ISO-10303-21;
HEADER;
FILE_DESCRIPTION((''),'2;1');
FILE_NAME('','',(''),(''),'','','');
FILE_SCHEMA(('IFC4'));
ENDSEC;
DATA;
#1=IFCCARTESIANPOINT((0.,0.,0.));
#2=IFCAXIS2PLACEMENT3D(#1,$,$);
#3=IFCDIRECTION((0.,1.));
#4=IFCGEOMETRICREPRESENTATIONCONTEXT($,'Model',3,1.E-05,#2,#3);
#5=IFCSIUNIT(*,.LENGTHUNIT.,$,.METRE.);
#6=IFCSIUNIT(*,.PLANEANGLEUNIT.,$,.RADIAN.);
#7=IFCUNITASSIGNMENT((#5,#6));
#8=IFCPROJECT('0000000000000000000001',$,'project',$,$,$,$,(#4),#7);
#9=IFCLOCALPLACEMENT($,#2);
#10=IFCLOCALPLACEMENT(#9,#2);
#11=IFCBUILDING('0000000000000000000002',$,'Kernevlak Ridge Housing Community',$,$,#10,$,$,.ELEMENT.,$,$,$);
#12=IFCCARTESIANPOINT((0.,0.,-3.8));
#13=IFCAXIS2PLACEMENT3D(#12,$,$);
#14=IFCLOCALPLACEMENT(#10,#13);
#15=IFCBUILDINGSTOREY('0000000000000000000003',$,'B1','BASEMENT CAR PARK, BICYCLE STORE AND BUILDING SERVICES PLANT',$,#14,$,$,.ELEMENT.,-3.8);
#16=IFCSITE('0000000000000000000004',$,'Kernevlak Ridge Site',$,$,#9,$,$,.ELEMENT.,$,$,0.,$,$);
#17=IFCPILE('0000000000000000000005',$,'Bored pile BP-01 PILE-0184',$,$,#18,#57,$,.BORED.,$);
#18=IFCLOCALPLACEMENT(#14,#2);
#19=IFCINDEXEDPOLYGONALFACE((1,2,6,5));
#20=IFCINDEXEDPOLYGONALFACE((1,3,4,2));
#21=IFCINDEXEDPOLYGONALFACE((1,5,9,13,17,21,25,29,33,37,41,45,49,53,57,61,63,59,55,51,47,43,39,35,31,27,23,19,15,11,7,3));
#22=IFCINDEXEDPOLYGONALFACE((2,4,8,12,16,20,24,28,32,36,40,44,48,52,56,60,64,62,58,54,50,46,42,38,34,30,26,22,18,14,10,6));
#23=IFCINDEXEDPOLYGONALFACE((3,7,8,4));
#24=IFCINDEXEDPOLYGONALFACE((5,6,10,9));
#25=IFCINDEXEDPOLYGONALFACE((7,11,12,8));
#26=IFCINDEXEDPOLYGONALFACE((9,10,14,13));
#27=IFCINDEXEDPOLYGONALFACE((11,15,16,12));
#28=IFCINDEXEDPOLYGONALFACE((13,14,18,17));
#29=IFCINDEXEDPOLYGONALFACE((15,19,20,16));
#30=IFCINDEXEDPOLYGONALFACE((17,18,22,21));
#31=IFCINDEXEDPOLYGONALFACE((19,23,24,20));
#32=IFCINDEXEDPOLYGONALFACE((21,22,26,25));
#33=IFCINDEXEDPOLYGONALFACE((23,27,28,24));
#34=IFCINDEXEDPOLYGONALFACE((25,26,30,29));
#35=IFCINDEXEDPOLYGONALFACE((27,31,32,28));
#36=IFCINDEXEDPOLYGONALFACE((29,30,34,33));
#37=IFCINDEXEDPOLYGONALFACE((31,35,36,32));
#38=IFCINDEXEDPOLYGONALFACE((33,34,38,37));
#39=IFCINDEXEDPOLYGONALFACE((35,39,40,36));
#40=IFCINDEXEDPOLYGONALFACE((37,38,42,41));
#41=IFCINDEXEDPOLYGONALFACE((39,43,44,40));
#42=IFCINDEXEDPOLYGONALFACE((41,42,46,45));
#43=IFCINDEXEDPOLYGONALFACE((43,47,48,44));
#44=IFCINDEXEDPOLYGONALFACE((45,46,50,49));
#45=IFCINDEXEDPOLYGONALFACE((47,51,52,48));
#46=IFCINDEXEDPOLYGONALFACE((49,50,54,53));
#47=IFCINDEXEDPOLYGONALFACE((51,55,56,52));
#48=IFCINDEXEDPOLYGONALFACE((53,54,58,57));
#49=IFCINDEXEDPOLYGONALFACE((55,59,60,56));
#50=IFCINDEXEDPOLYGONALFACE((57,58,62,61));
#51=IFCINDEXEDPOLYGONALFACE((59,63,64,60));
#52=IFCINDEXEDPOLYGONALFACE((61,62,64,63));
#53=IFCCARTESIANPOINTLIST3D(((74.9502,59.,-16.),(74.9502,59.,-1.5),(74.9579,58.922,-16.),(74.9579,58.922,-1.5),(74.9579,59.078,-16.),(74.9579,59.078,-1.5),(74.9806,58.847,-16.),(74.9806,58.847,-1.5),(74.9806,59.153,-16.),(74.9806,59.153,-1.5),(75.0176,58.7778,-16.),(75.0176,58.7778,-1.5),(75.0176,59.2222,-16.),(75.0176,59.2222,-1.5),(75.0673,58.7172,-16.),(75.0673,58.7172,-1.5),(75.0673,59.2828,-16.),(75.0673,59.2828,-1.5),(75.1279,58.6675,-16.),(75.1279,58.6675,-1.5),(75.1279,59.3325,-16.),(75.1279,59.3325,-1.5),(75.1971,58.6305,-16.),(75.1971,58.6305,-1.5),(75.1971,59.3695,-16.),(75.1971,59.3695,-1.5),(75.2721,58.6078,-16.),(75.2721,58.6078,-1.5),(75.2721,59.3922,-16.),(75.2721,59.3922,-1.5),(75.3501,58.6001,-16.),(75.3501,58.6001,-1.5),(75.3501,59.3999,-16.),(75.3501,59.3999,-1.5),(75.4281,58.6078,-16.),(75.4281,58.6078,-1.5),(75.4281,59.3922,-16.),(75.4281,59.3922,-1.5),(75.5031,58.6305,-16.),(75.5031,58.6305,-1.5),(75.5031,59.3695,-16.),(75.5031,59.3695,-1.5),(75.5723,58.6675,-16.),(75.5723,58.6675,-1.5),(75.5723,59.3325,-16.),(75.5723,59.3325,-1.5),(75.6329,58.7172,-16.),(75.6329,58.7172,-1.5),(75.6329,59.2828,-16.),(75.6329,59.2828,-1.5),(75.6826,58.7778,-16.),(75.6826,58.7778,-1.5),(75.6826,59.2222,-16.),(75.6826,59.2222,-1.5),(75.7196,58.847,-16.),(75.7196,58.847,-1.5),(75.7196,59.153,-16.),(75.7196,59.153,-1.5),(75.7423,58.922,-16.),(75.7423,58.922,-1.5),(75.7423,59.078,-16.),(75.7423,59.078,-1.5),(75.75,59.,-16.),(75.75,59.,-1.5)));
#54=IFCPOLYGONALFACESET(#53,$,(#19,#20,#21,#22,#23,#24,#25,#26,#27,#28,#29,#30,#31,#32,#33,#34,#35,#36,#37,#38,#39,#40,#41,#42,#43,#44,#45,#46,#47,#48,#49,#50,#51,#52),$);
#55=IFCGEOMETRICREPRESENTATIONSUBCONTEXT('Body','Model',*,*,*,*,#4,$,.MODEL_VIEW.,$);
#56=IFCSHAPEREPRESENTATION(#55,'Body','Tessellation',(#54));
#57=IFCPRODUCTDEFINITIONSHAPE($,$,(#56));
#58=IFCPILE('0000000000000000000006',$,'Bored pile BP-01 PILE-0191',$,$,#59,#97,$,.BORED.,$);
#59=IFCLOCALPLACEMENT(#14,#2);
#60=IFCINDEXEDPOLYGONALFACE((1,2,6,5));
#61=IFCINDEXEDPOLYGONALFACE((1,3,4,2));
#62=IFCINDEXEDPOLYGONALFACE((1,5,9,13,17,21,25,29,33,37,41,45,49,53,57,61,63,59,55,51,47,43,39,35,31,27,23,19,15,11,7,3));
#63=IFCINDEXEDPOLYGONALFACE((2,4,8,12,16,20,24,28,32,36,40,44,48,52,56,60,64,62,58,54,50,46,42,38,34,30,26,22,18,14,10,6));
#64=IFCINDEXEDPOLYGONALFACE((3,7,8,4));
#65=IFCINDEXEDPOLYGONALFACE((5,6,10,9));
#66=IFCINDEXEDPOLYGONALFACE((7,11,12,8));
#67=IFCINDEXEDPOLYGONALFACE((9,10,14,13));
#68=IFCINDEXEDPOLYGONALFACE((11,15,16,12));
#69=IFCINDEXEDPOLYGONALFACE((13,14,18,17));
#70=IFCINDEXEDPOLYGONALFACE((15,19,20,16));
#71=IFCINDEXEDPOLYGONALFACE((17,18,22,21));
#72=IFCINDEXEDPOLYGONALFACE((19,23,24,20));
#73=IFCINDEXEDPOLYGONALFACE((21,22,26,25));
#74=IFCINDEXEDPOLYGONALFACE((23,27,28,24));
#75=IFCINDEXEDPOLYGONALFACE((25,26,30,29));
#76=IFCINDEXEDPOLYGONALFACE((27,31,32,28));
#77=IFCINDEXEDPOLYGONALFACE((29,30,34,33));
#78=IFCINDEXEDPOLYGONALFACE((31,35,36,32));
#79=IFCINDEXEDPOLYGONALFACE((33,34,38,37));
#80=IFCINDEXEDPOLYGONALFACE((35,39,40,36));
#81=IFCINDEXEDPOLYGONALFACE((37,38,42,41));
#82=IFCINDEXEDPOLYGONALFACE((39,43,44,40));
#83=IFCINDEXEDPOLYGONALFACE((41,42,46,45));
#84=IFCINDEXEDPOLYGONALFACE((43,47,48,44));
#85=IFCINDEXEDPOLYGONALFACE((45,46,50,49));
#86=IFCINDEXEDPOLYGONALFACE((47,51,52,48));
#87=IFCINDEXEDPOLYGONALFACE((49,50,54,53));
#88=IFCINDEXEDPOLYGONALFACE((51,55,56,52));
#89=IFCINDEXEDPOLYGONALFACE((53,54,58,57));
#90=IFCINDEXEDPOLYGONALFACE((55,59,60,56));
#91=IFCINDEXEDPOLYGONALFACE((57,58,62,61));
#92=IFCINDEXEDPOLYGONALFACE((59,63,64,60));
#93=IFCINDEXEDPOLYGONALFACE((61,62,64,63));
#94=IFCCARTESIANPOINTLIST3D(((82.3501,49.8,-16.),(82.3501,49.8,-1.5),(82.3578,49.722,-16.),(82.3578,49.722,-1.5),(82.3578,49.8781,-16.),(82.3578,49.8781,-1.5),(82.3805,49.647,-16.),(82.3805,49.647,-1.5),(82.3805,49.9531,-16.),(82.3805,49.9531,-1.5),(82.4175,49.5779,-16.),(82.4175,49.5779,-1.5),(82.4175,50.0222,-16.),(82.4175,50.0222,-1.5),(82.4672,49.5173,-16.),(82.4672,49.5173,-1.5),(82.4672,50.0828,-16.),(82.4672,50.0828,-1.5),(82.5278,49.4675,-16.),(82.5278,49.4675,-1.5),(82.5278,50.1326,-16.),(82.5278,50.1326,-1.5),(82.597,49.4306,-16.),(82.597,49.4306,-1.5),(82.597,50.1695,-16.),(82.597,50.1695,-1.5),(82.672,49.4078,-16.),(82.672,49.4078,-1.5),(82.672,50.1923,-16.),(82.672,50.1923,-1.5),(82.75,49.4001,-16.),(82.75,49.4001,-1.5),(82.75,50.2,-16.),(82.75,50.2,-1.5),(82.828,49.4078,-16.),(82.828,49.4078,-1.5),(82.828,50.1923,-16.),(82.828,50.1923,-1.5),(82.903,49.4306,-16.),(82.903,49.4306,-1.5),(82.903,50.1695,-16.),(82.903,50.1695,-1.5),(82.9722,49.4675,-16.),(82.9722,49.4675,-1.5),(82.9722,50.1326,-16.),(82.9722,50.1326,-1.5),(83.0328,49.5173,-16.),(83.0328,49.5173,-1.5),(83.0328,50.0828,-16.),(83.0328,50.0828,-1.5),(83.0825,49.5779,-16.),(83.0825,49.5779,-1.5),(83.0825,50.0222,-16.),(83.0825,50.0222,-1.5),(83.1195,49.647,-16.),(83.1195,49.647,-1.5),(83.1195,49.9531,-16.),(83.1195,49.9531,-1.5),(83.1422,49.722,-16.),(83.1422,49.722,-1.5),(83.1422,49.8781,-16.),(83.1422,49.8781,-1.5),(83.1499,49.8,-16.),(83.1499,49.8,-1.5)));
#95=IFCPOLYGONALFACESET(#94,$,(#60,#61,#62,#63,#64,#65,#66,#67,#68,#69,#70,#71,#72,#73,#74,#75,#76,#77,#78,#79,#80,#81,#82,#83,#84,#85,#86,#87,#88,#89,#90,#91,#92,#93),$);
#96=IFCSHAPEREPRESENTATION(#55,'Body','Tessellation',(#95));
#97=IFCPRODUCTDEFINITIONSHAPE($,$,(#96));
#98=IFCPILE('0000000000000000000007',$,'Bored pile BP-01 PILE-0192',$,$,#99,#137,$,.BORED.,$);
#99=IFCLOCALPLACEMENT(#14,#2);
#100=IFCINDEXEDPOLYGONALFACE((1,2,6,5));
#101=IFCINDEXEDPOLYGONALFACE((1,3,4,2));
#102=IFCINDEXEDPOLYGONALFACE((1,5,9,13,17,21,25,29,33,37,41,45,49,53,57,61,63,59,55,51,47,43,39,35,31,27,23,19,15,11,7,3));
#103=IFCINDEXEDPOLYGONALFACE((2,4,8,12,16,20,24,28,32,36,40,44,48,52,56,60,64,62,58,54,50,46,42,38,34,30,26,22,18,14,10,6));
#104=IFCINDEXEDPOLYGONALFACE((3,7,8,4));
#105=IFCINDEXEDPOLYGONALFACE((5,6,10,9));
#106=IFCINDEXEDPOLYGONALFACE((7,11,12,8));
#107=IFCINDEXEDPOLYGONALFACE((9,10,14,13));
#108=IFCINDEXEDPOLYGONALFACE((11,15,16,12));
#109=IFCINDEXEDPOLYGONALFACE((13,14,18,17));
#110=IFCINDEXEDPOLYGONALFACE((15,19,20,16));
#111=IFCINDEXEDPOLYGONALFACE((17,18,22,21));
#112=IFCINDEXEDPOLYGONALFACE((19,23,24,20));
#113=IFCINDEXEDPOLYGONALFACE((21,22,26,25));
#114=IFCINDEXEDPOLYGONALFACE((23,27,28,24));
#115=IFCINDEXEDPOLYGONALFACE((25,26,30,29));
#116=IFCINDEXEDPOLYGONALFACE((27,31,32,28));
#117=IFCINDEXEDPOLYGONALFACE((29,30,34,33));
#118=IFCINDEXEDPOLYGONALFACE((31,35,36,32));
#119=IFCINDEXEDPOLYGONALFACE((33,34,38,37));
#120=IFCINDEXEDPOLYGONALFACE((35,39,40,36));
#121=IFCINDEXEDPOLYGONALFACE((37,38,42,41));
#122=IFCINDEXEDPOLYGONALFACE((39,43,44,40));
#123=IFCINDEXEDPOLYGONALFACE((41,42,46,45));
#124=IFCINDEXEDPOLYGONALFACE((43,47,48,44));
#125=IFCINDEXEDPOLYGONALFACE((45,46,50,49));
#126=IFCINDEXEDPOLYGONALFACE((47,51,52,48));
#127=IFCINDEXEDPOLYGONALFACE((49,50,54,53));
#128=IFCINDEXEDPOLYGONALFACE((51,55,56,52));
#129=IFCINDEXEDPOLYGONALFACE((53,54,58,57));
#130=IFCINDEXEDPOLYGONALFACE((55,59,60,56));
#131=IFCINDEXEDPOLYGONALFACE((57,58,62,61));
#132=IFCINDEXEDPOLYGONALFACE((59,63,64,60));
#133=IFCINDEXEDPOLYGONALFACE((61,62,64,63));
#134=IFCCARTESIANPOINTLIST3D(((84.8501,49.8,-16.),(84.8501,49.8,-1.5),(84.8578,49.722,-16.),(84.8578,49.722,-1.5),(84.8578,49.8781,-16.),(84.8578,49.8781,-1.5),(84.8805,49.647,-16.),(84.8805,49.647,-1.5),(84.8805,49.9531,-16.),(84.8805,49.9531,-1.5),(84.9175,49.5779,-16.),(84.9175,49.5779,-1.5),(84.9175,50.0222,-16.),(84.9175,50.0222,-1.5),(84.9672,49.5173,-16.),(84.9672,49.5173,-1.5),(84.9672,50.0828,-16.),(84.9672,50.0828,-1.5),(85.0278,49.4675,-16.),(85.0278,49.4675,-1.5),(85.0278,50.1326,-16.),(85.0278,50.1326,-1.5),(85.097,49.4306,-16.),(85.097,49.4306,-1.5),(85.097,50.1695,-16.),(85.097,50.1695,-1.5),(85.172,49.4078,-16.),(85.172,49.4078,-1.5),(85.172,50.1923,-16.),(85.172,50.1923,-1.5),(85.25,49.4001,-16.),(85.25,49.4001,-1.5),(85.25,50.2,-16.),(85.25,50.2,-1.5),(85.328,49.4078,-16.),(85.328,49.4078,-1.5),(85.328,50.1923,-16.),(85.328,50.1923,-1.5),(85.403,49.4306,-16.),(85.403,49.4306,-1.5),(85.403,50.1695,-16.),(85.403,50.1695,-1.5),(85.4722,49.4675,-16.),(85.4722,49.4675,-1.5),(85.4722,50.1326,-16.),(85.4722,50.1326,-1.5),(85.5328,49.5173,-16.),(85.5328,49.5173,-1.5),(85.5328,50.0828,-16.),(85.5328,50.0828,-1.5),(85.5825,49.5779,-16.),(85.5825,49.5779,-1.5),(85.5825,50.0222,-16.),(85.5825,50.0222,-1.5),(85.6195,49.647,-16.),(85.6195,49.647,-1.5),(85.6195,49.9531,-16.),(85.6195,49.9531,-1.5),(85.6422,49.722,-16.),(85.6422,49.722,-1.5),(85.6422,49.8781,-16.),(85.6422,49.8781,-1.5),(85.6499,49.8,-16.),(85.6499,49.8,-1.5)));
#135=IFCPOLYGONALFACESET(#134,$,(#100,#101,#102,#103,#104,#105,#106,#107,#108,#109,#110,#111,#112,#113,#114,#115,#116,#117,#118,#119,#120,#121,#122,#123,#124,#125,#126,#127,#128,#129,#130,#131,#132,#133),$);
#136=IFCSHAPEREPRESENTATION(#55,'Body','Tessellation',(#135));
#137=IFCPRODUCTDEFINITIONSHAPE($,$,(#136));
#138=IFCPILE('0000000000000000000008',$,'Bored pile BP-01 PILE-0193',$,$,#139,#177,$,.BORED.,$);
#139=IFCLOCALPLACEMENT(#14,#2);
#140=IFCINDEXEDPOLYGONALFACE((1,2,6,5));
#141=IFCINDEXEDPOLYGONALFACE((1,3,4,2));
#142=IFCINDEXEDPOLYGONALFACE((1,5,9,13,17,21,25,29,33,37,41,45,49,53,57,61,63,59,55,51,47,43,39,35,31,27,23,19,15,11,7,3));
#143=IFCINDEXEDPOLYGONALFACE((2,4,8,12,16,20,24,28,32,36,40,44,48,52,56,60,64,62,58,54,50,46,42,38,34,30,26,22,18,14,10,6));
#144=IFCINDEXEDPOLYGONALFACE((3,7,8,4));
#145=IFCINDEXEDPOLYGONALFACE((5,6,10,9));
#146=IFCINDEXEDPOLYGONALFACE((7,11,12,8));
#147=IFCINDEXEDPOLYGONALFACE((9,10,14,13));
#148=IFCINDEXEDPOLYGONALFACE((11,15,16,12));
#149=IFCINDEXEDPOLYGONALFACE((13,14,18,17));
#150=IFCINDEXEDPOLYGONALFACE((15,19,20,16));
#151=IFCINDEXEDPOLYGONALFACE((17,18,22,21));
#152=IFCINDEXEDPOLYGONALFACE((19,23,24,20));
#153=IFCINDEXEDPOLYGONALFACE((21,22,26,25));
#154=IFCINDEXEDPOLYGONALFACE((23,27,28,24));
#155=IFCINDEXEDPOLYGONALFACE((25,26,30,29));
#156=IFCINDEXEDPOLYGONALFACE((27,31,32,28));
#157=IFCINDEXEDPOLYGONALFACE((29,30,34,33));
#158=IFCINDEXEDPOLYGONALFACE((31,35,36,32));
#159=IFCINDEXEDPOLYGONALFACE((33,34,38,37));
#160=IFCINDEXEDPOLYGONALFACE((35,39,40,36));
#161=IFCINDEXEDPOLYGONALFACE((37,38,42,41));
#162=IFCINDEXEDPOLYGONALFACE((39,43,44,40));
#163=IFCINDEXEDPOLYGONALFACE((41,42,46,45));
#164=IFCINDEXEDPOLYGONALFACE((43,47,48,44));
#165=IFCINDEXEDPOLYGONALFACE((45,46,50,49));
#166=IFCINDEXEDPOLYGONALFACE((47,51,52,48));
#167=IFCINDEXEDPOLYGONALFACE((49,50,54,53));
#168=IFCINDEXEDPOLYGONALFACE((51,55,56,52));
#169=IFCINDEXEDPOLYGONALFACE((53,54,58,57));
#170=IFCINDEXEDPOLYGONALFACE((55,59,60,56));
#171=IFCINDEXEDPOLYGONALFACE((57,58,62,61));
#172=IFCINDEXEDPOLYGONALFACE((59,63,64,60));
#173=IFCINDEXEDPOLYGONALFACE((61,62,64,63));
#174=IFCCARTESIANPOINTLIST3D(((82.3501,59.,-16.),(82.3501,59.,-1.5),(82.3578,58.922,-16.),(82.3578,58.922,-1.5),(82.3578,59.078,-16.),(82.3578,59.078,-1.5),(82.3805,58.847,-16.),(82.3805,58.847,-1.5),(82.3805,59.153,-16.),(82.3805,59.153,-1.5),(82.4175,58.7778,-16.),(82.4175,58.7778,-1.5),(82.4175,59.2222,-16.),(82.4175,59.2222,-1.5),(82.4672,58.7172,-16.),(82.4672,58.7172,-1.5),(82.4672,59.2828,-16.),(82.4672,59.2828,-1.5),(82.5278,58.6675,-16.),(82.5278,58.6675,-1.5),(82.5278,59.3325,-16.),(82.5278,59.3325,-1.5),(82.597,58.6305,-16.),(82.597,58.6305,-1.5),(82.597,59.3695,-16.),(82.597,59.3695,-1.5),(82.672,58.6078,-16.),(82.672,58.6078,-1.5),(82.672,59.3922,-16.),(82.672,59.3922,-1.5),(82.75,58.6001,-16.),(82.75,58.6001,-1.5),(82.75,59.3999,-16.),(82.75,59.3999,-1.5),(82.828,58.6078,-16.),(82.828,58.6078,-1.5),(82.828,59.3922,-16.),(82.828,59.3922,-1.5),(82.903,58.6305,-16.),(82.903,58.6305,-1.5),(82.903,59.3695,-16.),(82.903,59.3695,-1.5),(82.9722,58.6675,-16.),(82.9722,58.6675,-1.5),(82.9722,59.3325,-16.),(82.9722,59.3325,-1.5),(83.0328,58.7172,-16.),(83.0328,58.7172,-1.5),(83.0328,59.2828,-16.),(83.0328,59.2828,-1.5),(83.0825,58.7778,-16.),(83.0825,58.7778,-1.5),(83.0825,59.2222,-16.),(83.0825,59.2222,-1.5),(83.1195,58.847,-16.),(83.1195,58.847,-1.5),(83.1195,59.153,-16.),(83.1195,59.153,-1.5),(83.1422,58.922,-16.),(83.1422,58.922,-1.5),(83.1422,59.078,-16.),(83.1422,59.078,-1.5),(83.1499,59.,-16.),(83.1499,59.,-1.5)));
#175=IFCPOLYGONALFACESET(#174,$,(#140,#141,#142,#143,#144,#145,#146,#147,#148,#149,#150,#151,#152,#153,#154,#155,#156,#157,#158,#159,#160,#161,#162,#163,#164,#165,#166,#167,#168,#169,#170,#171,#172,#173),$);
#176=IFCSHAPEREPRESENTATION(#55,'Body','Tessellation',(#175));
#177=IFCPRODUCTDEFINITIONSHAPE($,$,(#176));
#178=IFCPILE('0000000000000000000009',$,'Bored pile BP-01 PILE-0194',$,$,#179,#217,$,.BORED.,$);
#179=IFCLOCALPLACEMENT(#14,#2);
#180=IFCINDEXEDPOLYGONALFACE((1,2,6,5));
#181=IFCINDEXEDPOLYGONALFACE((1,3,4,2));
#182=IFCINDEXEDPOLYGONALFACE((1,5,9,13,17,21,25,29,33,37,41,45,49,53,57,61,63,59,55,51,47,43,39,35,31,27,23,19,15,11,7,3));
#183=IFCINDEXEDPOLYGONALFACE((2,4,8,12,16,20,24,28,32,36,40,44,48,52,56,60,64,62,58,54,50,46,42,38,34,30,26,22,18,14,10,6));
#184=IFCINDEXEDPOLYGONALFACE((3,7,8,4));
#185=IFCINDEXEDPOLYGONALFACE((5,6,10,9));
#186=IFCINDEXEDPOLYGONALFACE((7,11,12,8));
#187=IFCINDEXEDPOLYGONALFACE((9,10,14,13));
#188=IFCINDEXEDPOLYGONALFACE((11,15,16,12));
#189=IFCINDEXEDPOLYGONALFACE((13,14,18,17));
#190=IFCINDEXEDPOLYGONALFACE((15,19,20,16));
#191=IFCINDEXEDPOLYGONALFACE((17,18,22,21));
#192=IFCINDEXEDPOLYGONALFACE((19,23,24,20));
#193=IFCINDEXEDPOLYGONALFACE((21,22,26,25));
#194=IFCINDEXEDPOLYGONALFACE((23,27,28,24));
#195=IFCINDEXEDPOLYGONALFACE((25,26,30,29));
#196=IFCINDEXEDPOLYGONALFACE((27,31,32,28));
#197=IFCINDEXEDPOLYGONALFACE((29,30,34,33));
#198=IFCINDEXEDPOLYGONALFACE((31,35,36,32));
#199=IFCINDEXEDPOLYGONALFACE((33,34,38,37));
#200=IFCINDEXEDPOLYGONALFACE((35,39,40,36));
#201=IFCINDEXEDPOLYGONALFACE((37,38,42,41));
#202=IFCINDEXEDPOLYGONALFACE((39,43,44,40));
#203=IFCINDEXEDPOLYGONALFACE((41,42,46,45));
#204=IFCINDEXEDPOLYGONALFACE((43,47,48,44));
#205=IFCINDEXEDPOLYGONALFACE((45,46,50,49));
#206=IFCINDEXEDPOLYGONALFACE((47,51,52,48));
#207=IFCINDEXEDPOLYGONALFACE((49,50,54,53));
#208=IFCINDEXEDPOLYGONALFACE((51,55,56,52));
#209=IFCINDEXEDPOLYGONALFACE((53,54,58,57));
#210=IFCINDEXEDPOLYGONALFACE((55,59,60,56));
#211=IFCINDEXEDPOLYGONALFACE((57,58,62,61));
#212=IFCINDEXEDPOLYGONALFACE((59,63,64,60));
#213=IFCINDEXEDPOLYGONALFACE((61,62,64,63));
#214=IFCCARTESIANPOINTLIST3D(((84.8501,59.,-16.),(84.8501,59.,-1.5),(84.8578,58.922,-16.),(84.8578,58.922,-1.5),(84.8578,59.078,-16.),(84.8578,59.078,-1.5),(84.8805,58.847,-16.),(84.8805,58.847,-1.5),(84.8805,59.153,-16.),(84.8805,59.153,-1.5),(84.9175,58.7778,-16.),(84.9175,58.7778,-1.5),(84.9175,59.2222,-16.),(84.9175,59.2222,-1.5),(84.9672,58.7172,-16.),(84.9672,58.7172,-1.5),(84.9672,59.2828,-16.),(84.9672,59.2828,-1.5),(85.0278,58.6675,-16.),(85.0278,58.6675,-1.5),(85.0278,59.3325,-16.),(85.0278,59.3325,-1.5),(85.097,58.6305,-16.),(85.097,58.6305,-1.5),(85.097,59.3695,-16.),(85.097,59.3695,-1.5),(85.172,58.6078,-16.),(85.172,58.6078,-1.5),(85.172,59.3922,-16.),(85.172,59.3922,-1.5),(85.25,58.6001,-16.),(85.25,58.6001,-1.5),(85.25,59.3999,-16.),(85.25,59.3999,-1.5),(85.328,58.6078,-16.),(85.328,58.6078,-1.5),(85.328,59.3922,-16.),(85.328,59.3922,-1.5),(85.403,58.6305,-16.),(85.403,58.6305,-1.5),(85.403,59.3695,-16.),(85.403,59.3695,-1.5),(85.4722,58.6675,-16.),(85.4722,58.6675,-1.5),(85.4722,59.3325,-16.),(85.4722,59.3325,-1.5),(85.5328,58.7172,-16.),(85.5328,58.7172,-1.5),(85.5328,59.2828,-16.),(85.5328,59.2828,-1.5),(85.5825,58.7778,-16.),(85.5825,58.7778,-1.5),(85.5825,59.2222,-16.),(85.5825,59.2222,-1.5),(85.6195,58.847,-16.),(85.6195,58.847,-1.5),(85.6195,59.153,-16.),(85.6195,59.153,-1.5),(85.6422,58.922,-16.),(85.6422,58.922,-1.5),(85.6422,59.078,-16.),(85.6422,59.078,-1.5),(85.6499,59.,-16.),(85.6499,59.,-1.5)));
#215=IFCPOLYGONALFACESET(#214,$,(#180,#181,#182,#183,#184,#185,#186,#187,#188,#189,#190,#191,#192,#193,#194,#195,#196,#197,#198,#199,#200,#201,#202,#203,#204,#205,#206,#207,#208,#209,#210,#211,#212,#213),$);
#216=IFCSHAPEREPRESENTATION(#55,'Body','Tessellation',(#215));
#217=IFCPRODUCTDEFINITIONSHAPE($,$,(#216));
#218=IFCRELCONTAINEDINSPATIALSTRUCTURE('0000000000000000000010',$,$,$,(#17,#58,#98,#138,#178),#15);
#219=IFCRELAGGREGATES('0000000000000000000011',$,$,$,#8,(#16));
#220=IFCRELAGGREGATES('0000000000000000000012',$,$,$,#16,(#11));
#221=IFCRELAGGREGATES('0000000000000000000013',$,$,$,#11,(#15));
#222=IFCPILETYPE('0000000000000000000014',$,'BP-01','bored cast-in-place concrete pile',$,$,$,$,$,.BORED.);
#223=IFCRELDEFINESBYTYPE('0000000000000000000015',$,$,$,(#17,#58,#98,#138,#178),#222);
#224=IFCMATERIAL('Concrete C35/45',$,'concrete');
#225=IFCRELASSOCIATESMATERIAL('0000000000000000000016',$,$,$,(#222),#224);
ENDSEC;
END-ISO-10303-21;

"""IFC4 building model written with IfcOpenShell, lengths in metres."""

from ifc_helpers import new_model, si_unit, direction, frame, origin, origin_2d, place, context, subcontext, project, spatial, circle, extrude, material, material_profile, profile_set, type_object, element, save


model = new_model("IFC4")

# Units and contexts
model_context = context("Model", 3, precision=1e-05, world=origin(), true_north=direction((0.0, 1.0)))
body_context = subcontext(model_context, "Body", "Model", "MODEL_VIEW")
ifc_project = project(units=[si_unit("LENGTHUNIT", "METRE"), si_unit("PLANEANGLEUNIT", "RADIAN")], contexts=[model_context])

# Site, building, storey
site_placement = place(None, origin())
site = spatial("IfcSite", under=ifc_project, at=site_placement, Name="Kernevlak Ridge Site", CompositionType="ELEMENT", RefElevation=0.0)
building_placement = place(site_placement, origin())
building = spatial("IfcBuilding", under=site, at=building_placement, Name="Kernevlak Ridge Housing Community", CompositionType="ELEMENT")
storey_placement = place(building_placement, frame((0.0, 0.0, -3.8)))
storey = spatial("IfcBuildingStorey", under=building, at=storey_placement, Name="B1", Description="BASEMENT CAR PARK, BICYCLE STORE AND BUILDING SERVICES PLANT", CompositionType="ELEMENT", Elevation=-3.8)

# Piles
ifc_material_1 = material(Name="Concrete C35/45", Category="concrete")
ifc_material_profile_1 = material_profile(ifc_material_1, circle(Radius=0.3999, at=origin_2d()), Name="BORED PILE 800")
ifc_profile_set_1 = profile_set([ifc_material_profile_1], Name="Concrete C35/45")
pile_type = type_object("IfcPileType", Name="BP-01", Description="bored cast-in-place concrete pile", PredefinedType="BORED", material=ifc_profile_set_1)
for number, where, z_axis, x_axis, name in (
    (1, (75.3501, 59.0, -1.5), (0.0, 0.0, -1.0), (1.0, 0.0, 0.0), "Bored pile BP-01 PILE-0184"),
    (2, (82.75, 49.8, -1.5), (0.0, 0.0, -1.0), (1.0, 0.0, 0.0), "Bored pile BP-01 PILE-0191"),
    (3, (85.25, 49.8, -1.5), (0.0, 0.0, -1.0), (1.0, 0.0, 0.0), "Bored pile BP-01 PILE-0192"),
    (4, (82.75, 59.0, -1.5), (0.0, 0.0, -1.0), (1.0, 0.0, 0.0), "Bored pile BP-01 PILE-0193"),
    (5, (85.25, 59.0, -1.5), (0.0, 0.0, -1.0), (1.0, 0.0, 0.0), "Bored pile BP-01 PILE-0194"),
):
    element("IfcPile", number, at=place(storey_placement, frame(where, z_axis=z_axis, x_axis=x_axis)), inside=storey, type_object=pile_type, Name=name, PredefinedType="BORED", context=body_context, shape_type="SweptSolid", body=[
        extrude(circle(Radius=0.3999, at=origin_2d()), origin(), (0.0, 0.0, 1.0), 14.5),
    ])

save(model, "model.ifc")
